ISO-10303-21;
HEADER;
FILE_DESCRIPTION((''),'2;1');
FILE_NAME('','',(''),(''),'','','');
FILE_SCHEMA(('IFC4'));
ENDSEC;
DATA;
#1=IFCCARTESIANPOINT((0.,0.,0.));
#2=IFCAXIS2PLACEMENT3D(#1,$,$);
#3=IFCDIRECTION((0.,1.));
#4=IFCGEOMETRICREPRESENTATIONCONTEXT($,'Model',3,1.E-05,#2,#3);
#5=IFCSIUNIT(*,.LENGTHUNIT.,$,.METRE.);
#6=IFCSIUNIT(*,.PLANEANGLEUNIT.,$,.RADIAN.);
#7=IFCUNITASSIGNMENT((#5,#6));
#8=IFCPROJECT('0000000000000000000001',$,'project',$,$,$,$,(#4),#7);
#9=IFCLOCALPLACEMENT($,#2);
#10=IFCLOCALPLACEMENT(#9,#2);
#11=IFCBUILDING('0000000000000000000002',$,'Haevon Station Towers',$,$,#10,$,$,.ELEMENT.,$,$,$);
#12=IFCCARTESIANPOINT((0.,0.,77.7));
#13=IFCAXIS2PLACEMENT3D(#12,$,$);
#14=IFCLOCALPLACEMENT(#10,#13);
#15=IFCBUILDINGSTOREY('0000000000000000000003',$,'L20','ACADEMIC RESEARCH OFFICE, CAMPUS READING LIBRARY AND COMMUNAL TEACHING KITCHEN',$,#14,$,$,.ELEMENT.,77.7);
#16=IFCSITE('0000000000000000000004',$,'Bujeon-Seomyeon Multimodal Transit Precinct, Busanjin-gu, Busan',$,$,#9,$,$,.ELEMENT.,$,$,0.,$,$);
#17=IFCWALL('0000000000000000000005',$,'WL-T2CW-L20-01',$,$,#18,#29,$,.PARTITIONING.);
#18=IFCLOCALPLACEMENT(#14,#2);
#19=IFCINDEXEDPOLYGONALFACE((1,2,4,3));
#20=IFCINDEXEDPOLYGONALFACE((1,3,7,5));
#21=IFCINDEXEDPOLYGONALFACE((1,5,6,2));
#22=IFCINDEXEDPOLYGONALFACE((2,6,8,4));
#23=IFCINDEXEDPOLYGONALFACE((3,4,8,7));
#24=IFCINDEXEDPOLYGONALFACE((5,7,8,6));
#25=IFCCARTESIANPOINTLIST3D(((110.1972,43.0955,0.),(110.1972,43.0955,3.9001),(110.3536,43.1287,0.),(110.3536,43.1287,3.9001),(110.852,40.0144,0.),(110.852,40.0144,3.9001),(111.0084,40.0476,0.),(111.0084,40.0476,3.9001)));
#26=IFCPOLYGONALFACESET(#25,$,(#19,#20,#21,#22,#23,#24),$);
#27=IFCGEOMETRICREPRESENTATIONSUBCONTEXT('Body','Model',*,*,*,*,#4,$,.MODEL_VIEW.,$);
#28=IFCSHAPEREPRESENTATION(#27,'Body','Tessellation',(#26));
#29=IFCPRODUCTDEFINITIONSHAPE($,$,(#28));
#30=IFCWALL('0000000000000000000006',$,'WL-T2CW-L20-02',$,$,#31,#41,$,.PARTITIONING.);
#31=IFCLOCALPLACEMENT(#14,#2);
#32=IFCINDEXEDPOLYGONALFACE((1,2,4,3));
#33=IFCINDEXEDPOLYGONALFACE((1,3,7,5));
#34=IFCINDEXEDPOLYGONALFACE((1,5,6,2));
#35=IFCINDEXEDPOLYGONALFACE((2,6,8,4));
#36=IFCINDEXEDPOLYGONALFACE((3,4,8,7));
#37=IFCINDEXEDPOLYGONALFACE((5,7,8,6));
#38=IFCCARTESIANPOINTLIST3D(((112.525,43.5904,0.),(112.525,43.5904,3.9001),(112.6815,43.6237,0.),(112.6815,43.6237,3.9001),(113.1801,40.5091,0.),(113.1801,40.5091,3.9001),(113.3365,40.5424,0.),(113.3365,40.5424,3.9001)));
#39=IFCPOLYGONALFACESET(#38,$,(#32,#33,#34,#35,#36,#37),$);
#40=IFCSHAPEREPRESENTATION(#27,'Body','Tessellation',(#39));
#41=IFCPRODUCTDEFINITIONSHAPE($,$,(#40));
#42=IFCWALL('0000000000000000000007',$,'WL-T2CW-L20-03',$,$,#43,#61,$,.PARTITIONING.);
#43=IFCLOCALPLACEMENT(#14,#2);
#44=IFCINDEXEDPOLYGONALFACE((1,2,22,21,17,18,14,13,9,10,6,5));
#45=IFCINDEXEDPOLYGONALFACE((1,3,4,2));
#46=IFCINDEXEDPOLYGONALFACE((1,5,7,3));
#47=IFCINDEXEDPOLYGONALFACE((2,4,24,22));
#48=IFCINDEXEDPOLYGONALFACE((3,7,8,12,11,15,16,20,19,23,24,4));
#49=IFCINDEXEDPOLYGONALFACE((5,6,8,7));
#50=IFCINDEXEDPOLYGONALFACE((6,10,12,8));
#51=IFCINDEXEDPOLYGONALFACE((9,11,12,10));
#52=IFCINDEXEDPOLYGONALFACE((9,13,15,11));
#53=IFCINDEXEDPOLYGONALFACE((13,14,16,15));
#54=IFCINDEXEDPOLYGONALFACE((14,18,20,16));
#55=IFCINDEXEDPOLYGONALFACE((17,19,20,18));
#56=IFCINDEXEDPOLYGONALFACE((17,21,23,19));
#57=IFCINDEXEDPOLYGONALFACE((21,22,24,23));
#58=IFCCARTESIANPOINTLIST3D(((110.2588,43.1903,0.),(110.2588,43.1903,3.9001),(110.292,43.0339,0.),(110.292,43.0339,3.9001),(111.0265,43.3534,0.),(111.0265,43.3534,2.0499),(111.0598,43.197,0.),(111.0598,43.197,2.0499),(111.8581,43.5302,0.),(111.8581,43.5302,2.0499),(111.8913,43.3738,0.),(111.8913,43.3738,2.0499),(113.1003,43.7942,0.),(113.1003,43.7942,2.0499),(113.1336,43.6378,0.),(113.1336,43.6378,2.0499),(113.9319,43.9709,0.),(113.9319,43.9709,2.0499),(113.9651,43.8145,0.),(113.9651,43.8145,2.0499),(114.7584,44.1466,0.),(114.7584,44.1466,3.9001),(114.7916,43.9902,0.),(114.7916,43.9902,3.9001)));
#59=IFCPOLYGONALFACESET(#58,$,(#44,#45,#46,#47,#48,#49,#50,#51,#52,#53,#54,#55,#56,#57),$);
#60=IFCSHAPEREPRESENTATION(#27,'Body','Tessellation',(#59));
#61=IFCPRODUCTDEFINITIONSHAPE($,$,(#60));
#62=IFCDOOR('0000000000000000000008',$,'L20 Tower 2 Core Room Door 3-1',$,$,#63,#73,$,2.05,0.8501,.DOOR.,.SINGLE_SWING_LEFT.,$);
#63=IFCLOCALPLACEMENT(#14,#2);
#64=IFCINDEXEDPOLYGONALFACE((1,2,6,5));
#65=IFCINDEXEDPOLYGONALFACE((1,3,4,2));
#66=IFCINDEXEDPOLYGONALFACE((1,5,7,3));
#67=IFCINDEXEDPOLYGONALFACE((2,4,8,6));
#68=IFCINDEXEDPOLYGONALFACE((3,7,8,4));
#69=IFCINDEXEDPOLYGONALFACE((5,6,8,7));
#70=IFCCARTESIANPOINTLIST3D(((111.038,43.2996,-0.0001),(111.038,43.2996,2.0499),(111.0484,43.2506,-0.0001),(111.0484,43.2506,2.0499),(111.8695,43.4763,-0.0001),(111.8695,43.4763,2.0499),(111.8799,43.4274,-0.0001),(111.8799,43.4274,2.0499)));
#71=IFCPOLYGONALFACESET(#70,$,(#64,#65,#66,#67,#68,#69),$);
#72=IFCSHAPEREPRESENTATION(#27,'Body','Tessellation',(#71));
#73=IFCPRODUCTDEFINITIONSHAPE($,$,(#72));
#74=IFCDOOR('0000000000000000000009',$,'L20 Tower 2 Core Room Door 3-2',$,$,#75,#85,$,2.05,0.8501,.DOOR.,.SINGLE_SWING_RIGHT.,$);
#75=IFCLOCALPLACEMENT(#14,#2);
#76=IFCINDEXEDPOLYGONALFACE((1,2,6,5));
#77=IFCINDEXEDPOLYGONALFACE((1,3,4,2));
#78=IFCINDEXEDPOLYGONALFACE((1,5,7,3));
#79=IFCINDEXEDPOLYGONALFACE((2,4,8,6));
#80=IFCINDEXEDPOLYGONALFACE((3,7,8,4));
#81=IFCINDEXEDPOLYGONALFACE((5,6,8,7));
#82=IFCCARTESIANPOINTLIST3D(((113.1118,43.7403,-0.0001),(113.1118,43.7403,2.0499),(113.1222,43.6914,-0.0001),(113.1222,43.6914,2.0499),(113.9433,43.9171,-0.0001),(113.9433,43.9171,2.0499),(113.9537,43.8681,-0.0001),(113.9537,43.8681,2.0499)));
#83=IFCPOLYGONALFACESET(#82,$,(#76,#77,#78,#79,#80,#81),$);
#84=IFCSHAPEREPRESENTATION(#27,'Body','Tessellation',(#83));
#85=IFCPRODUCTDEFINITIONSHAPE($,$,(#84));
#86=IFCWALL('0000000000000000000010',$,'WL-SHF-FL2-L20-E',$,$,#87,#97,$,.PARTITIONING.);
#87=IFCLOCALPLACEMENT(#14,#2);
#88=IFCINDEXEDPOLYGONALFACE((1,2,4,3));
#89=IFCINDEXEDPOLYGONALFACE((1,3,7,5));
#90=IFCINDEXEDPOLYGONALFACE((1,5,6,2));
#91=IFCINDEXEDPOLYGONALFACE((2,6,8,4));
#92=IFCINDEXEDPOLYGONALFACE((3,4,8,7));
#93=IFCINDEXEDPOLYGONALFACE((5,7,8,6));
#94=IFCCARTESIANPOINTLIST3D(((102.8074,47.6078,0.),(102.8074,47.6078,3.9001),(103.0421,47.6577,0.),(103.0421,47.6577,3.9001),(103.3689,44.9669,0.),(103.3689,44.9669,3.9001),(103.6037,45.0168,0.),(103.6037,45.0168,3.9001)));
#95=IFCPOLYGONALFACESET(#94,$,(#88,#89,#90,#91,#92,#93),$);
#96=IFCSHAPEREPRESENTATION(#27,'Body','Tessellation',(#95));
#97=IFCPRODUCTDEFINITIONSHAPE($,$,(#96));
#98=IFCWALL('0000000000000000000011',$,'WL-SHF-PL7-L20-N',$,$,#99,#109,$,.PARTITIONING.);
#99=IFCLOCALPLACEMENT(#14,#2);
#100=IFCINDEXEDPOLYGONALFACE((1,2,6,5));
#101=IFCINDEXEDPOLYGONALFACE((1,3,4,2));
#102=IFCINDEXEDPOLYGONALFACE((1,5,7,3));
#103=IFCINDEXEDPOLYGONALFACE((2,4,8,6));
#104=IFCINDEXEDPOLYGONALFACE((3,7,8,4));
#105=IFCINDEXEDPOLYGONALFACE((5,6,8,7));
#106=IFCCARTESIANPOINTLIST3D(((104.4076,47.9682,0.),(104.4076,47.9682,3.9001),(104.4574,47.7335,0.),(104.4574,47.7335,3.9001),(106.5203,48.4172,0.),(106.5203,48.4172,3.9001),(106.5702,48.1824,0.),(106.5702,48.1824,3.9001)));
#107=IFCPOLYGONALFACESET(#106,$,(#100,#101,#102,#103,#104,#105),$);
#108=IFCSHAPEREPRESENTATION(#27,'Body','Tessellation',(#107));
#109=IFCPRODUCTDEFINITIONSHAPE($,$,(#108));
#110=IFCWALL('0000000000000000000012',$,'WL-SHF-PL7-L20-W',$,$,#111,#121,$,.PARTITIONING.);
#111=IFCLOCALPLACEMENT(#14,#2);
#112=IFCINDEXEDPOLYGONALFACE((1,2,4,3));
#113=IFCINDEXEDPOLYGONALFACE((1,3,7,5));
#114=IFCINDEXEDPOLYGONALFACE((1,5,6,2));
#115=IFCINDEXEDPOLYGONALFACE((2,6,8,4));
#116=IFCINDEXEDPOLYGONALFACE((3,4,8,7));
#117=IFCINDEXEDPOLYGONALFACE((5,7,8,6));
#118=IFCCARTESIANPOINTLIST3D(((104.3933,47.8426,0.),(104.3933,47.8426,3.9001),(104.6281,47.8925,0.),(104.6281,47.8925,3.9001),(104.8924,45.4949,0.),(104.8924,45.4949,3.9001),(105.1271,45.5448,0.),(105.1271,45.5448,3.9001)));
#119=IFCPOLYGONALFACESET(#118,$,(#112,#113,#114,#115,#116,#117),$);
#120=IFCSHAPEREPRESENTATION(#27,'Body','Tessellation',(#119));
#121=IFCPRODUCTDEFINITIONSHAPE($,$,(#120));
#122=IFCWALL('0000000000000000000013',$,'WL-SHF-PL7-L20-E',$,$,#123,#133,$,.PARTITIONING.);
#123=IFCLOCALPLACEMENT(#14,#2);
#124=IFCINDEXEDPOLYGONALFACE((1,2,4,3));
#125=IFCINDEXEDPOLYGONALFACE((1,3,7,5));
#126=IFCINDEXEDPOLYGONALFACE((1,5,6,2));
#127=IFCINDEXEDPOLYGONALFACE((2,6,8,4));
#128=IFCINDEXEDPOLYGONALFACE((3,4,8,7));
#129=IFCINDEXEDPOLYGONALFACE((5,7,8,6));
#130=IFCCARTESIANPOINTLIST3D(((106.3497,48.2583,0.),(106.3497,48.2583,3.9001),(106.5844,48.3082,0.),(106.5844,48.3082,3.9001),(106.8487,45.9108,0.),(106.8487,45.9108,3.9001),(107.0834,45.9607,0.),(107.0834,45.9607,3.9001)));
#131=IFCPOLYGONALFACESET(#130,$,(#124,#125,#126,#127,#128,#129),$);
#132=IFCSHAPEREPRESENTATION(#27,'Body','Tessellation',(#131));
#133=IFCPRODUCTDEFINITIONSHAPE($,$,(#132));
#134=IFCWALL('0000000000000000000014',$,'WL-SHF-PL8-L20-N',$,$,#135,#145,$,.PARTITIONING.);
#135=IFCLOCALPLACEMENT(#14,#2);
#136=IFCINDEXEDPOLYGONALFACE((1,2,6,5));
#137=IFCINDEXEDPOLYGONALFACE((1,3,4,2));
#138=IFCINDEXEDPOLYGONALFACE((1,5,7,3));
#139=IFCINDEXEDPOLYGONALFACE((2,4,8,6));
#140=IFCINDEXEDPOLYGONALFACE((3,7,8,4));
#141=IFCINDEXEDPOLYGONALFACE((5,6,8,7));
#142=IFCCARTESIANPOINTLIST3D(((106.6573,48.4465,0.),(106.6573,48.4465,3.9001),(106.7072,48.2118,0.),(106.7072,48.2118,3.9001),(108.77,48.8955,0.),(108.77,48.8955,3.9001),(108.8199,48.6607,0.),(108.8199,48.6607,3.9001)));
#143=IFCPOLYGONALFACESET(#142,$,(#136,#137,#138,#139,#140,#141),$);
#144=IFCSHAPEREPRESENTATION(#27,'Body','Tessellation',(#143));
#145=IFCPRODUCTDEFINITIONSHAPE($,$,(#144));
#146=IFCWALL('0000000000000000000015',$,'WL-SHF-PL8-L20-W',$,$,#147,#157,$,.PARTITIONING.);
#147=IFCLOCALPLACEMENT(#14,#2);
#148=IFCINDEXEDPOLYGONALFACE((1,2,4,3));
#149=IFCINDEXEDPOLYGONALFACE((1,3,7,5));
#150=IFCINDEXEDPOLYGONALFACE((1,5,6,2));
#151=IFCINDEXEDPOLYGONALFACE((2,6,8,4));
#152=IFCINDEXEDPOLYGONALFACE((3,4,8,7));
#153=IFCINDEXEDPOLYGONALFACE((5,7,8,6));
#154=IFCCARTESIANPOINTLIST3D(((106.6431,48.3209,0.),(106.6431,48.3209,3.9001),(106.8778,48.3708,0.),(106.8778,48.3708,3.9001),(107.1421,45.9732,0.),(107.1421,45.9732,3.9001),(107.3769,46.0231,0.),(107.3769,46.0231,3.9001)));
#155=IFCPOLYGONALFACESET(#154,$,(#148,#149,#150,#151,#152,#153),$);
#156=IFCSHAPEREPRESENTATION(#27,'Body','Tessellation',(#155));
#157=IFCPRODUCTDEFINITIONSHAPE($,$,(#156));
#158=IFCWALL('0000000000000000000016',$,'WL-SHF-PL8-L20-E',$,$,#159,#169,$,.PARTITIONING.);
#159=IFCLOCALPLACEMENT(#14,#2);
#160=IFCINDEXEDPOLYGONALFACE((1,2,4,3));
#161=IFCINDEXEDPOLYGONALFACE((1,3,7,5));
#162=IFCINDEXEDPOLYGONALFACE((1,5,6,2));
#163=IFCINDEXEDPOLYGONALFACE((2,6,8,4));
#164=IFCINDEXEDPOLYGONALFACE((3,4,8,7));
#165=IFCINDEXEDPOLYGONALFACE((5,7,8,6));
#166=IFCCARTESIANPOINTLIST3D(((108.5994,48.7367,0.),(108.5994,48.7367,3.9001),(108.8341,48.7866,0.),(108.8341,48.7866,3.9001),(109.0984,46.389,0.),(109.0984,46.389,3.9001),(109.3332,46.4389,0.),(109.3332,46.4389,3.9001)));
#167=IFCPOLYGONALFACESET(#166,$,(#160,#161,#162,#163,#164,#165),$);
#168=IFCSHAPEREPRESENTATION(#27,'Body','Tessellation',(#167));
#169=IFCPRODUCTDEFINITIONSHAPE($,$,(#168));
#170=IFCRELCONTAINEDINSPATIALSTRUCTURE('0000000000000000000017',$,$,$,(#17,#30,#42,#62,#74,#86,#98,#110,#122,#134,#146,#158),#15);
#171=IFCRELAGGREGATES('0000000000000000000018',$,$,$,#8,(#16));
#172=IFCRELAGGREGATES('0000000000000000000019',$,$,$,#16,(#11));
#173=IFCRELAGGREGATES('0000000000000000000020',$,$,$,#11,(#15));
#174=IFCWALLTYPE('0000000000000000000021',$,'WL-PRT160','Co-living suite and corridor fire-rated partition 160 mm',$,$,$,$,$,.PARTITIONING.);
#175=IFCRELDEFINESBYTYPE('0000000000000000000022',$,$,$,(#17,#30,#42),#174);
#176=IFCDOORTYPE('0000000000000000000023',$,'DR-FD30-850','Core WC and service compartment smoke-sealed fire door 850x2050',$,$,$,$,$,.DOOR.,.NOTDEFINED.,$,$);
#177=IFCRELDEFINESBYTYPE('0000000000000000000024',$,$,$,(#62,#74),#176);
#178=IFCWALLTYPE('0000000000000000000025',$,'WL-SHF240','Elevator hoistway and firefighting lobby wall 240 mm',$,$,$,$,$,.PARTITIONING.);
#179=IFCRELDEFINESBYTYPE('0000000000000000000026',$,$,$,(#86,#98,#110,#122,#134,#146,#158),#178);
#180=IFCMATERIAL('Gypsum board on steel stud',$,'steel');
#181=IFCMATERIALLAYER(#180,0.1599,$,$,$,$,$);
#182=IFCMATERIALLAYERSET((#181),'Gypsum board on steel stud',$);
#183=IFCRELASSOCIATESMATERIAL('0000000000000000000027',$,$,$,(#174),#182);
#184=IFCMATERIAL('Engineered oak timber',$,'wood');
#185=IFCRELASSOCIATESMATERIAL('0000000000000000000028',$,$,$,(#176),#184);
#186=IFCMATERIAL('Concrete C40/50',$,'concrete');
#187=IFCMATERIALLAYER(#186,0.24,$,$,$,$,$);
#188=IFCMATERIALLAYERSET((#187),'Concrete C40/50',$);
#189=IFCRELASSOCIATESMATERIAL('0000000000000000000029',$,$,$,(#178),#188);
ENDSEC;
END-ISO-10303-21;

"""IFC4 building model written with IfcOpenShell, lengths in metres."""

from ifc_helpers import new_model, si_unit, direction, frame, frame_2d, origin, place, context, subcontext, project, spatial, rectangle, extrude, material, layer, layer_set, type_object, element, fill, save


model = new_model("IFC4")

# Units and contexts
model_context = context("Model", 3, precision=1e-05, world=origin(), true_north=direction((0.0, 1.0)))
body_context = subcontext(model_context, "Body", "Model", "MODEL_VIEW")
ifc_project = project(units=[si_unit("LENGTHUNIT", "METRE"), si_unit("PLANEANGLEUNIT", "RADIAN")], contexts=[model_context])

# Site, building, storey
site_placement = place(None, origin())
site = spatial("IfcSite", under=ifc_project, at=site_placement, Name="Bujeon-Seomyeon Multimodal Transit Precinct, Busanjin-gu, Busan", CompositionType="ELEMENT", RefElevation=0.0)
building_placement = place(site_placement, origin())
building = spatial("IfcBuilding", under=site, at=building_placement, Name="Haevon Station Towers", CompositionType="ELEMENT")
storey_placement = place(building_placement, frame((0.0, 0.0, 77.7)))
storey = spatial("IfcBuildingStorey", under=building, at=storey_placement, Name="L20", Description="ACADEMIC RESEARCH OFFICE, CAMPUS READING LIBRARY AND COMMUNAL TEACHING KITCHEN", CompositionType="ELEMENT", Elevation=77.7)

# Shared definitions
ifc_material_1 = material(Name="Gypsum board on steel stud", Category="steel")
ifc_material_2 = material(Name="Engineered oak timber", Category="wood")

# Walls
ifc_layer_1 = layer(ifc_material_1, 0.1599)
ifc_layer_set_1 = layer_set([ifc_layer_1], Name="Gypsum board on steel stud")
wall_type_1 = type_object("IfcWallType", Name="WL-PRT160", Description="Co-living suite and corridor fire-rated partition 160 mm", PredefinedType="PARTITIONING", material=ifc_layer_set_1)
wall_1_placement = place(storey_placement, frame((110.9302, 40.031, 0.0), z_axis=(0.0, 0.0, 1.0), x_axis=(-0.207877, 0.978155, 0.0)))
element("IfcWall", 1, at=wall_1_placement, inside=storey, type_object=wall_type_1, Name="WL-T2CW-L20-01", PredefinedType="PARTITIONING", context=body_context, shape_type="SweptSolid", body=[
    extrude(rectangle(XDim=3.1499, YDim=0.1599, at=frame_2d((1.575, 0.0))), origin(), (0.0, 0.0, 1.0), 3.9001),
])
wall_2_placement = place(storey_placement, frame((113.2583, 40.5256, 0.0), z_axis=(0.0, 0.0, 1.0), x_axis=(-0.207936, 0.978142, 0.0)))
element("IfcWall", 2, at=wall_2_placement, inside=storey, type_object=wall_type_1, Name="WL-T2CW-L20-02", PredefinedType="PARTITIONING", context=body_context, shape_type="SweptSolid", body=[
    extrude(rectangle(XDim=3.1501, YDim=0.1599, at=frame_2d((1.5752, 0.0))), origin(), (0.0, 0.0, 1.0), 3.9001),
])

# Wall, openings, doors
wall_3_placement = place(storey_placement, frame((110.2754, 43.1121, 0.0), z_axis=(0.0, 0.0, 1.0), x_axis=(0.978152, 0.20789, 0.0)))
wall_3 = element("IfcWall", 3, at=wall_3_placement, inside=storey, type_object=wall_type_1, Name="WL-T2CW-L20-03", PredefinedType="PARTITIONING", context=body_context, shape_type="SweptSolid", body=[
    extrude(rectangle(XDim=4.6001, YDim=0.1599, at=frame_2d((2.3, 0.0))), origin(), (0.0, 0.0, 1.0), 3.9001),
])
opening_1_placement = place(wall_3_placement, frame((0.7849, 0.0, 0.0)))
opening_1 = element("IfcOpeningElement", 4, at=opening_1_placement, cuts=wall_3, PredefinedType="OPENING", context=body_context, shape_type="SweptSolid", body=[
    extrude(rectangle(XDim=0.8501, YDim=2.05, at=frame_2d((0.425, 1.0249))), frame((0.0, 0.0898, 0.0), z_axis=(0.0, -1.0, 0.0), x_axis=(1.0, 0.0, 0.0)), (0.0, 0.0, 1.0), 0.1799),
])
opening_2_placement = place(wall_3_placement, frame((2.905, 0.0, 0.0)))
opening_2 = element("IfcOpeningElement", 5, at=opening_2_placement, cuts=wall_3, PredefinedType="OPENING", context=body_context, shape_type="SweptSolid", body=[
    extrude(rectangle(XDim=0.8501, YDim=2.05, at=frame_2d((0.425, 1.0249))), frame((0.0, 0.0898, 0.0), z_axis=(0.0, -1.0, 0.0), x_axis=(1.0, 0.0, 0.0)), (0.0, 0.0, 1.0), 0.1799),
])
door_type_1 = type_object("IfcDoorType", Name="DR-FD30-850", Description="Core WC and service compartment smoke-sealed fire door 850x2050", OperationType="NOTDEFINED", PredefinedType="DOOR", material=ifc_material_2)
door_1_placement = place(opening_1_placement, origin())
door_1 = element("IfcDoor", 6, at=door_1_placement, inside=storey, type_object=door_type_1, Name="L20 Tower 2 Core Room Door 3-1", OperationType="SINGLE_SWING_LEFT", OverallHeight=2.05, OverallWidth=0.8501, PredefinedType="DOOR", context=body_context, shape_type="SweptSolid", body=[
    extrude(rectangle(XDim=0.8501, YDim=2.05, at=frame_2d((0.425, 1.0249))), frame((0.0, 0.0249, 0.0), z_axis=(0.0, -1.0, 0.0), x_axis=(1.0, 0.0, 0.0)), (0.0, 0.0, 1.0), 0.05),
])
fill(opening_1, door_1)
door_2_placement = place(opening_2_placement, origin())
door_2 = element("IfcDoor", 7, at=door_2_placement, inside=storey, type_object=door_type_1, Name="L20 Tower 2 Core Room Door 3-2", OperationType="SINGLE_SWING_RIGHT", OverallHeight=2.05, OverallWidth=0.8501, PredefinedType="DOOR", context=body_context, shape_type="SweptSolid", body=[
    extrude(rectangle(XDim=0.8501, YDim=2.05, at=frame_2d((0.425, 1.0249))), frame((0.0, 0.0249, 0.0), z_axis=(0.0, -1.0, 0.0), x_axis=(1.0, 0.0, 0.0)), (0.0, 0.0, 1.0), 0.05),
])
fill(opening_2, door_2)

# Wall
ifc_material_3 = material(Name="Concrete C40/50", Category="concrete")
ifc_layer_2 = layer(ifc_material_3, 0.24)
ifc_layer_set_2 = layer_set([ifc_layer_2], Name="Concrete C40/50")
wall_type_2 = type_object("IfcWallType", Name="WL-SHF240", Description="Elevator hoistway and firefighting lobby wall 240 mm", PredefinedType="PARTITIONING", material=ifc_layer_set_2)
wall_4_placement = place(storey_placement, frame((103.4863, 44.9917, 0.0), z_axis=(0.0, 0.0, 1.0), x_axis=(-0.207979, 0.978133, 0.0)))
element("IfcWall", 8, at=wall_4_placement, inside=storey, type_object=wall_type_2, Name="WL-SHF-FL2-L20-E", PredefinedType="PARTITIONING", context=body_context, shape_type="SweptSolid", body=[
    extrude(rectangle(XDim=2.7, YDim=0.24, at=frame_2d((1.3501, 0.0))), origin(), (0.0, 0.0, 1.0), 3.9001),
])

# Walls
wall_5_placement = place(storey_placement, frame((104.4324, 47.8508, 0.0), z_axis=(0.0, 0.0, 1.0), x_axis=(0.978158, 0.207861, 0.0)))
element("IfcWall", 9, at=wall_5_placement, inside=storey, type_object=wall_type_2, Name="WL-SHF-PL7-L20-N", PredefinedType="PARTITIONING", context=body_context, shape_type="SweptSolid", body=[
    extrude(rectangle(XDim=2.1599, YDim=0.24, at=frame_2d((1.0801, 0.0))), origin(), (0.0, 0.0, 1.0), 3.9001),
])
wall_6_placement = place(storey_placement, frame((105.0098, 45.5198, 0.0), z_axis=(0.0, 0.0, 1.0), x_axis=(-0.207917, 0.978146, 0.0)))
element("IfcWall", 10, at=wall_6_placement, inside=storey, type_object=wall_type_2, Name="WL-SHF-PL7-L20-W", PredefinedType="PARTITIONING", context=body_context, shape_type="SweptSolid", body=[
    extrude(rectangle(XDim=2.4001, YDim=0.24, at=frame_2d((1.2002, 0.0))), origin(), (0.0, 0.0, 1.0), 3.9001),
])
wall_7_placement = place(storey_placement, frame((106.9661, 45.9358, 0.0), z_axis=(0.0, 0.0, 1.0), x_axis=(-0.207938, 0.978142, 0.0)))
element("IfcWall", 11, at=wall_7_placement, inside=storey, type_object=wall_type_2, Name="WL-SHF-PL7-L20-E", PredefinedType="PARTITIONING", context=body_context, shape_type="SweptSolid", body=[
    extrude(rectangle(XDim=2.3999, YDim=0.24, at=frame_2d((1.2, 0.0))), origin(), (0.0, 0.0, 1.0), 3.9001),
])

# Walls
wall_8_placement = place(storey_placement, frame((106.6821, 48.3291, 0.0), z_axis=(0.0, 0.0, 1.0), x_axis=(0.978158, 0.207861, 0.0)))
element("IfcWall", 12, at=wall_8_placement, inside=storey, type_object=wall_type_2, Name="WL-SHF-PL8-L20-N", PredefinedType="PARTITIONING", context=body_context, shape_type="SweptSolid", body=[
    extrude(rectangle(XDim=2.1599, YDim=0.24, at=frame_2d((1.0801, 0.0))), origin(), (0.0, 0.0, 1.0), 3.9001),
])
for number, where, z_axis, x_axis, name in (
    (13, (107.2595, 45.998, 0.0), (0.0, 0.0, 1.0), (-0.207917, 0.978146, 0.0), "WL-SHF-PL8-L20-W"),
    (14, (109.2158, 46.4138, 0.0), (0.0, 0.0, 1.0), (-0.207917, 0.978146, 0.0), "WL-SHF-PL8-L20-E"),
):
    element("IfcWall", number, at=place(storey_placement, frame(where, z_axis=z_axis, x_axis=x_axis)), inside=storey, type_object=wall_type_2, Name=name, PredefinedType="PARTITIONING", context=body_context, shape_type="SweptSolid", body=[
        extrude(rectangle(XDim=2.4001, YDim=0.24, at=frame_2d((1.2002, 0.0))), origin(), (0.0, 0.0, 1.0), 3.9001),
    ])

save(model, "model.ifc")
